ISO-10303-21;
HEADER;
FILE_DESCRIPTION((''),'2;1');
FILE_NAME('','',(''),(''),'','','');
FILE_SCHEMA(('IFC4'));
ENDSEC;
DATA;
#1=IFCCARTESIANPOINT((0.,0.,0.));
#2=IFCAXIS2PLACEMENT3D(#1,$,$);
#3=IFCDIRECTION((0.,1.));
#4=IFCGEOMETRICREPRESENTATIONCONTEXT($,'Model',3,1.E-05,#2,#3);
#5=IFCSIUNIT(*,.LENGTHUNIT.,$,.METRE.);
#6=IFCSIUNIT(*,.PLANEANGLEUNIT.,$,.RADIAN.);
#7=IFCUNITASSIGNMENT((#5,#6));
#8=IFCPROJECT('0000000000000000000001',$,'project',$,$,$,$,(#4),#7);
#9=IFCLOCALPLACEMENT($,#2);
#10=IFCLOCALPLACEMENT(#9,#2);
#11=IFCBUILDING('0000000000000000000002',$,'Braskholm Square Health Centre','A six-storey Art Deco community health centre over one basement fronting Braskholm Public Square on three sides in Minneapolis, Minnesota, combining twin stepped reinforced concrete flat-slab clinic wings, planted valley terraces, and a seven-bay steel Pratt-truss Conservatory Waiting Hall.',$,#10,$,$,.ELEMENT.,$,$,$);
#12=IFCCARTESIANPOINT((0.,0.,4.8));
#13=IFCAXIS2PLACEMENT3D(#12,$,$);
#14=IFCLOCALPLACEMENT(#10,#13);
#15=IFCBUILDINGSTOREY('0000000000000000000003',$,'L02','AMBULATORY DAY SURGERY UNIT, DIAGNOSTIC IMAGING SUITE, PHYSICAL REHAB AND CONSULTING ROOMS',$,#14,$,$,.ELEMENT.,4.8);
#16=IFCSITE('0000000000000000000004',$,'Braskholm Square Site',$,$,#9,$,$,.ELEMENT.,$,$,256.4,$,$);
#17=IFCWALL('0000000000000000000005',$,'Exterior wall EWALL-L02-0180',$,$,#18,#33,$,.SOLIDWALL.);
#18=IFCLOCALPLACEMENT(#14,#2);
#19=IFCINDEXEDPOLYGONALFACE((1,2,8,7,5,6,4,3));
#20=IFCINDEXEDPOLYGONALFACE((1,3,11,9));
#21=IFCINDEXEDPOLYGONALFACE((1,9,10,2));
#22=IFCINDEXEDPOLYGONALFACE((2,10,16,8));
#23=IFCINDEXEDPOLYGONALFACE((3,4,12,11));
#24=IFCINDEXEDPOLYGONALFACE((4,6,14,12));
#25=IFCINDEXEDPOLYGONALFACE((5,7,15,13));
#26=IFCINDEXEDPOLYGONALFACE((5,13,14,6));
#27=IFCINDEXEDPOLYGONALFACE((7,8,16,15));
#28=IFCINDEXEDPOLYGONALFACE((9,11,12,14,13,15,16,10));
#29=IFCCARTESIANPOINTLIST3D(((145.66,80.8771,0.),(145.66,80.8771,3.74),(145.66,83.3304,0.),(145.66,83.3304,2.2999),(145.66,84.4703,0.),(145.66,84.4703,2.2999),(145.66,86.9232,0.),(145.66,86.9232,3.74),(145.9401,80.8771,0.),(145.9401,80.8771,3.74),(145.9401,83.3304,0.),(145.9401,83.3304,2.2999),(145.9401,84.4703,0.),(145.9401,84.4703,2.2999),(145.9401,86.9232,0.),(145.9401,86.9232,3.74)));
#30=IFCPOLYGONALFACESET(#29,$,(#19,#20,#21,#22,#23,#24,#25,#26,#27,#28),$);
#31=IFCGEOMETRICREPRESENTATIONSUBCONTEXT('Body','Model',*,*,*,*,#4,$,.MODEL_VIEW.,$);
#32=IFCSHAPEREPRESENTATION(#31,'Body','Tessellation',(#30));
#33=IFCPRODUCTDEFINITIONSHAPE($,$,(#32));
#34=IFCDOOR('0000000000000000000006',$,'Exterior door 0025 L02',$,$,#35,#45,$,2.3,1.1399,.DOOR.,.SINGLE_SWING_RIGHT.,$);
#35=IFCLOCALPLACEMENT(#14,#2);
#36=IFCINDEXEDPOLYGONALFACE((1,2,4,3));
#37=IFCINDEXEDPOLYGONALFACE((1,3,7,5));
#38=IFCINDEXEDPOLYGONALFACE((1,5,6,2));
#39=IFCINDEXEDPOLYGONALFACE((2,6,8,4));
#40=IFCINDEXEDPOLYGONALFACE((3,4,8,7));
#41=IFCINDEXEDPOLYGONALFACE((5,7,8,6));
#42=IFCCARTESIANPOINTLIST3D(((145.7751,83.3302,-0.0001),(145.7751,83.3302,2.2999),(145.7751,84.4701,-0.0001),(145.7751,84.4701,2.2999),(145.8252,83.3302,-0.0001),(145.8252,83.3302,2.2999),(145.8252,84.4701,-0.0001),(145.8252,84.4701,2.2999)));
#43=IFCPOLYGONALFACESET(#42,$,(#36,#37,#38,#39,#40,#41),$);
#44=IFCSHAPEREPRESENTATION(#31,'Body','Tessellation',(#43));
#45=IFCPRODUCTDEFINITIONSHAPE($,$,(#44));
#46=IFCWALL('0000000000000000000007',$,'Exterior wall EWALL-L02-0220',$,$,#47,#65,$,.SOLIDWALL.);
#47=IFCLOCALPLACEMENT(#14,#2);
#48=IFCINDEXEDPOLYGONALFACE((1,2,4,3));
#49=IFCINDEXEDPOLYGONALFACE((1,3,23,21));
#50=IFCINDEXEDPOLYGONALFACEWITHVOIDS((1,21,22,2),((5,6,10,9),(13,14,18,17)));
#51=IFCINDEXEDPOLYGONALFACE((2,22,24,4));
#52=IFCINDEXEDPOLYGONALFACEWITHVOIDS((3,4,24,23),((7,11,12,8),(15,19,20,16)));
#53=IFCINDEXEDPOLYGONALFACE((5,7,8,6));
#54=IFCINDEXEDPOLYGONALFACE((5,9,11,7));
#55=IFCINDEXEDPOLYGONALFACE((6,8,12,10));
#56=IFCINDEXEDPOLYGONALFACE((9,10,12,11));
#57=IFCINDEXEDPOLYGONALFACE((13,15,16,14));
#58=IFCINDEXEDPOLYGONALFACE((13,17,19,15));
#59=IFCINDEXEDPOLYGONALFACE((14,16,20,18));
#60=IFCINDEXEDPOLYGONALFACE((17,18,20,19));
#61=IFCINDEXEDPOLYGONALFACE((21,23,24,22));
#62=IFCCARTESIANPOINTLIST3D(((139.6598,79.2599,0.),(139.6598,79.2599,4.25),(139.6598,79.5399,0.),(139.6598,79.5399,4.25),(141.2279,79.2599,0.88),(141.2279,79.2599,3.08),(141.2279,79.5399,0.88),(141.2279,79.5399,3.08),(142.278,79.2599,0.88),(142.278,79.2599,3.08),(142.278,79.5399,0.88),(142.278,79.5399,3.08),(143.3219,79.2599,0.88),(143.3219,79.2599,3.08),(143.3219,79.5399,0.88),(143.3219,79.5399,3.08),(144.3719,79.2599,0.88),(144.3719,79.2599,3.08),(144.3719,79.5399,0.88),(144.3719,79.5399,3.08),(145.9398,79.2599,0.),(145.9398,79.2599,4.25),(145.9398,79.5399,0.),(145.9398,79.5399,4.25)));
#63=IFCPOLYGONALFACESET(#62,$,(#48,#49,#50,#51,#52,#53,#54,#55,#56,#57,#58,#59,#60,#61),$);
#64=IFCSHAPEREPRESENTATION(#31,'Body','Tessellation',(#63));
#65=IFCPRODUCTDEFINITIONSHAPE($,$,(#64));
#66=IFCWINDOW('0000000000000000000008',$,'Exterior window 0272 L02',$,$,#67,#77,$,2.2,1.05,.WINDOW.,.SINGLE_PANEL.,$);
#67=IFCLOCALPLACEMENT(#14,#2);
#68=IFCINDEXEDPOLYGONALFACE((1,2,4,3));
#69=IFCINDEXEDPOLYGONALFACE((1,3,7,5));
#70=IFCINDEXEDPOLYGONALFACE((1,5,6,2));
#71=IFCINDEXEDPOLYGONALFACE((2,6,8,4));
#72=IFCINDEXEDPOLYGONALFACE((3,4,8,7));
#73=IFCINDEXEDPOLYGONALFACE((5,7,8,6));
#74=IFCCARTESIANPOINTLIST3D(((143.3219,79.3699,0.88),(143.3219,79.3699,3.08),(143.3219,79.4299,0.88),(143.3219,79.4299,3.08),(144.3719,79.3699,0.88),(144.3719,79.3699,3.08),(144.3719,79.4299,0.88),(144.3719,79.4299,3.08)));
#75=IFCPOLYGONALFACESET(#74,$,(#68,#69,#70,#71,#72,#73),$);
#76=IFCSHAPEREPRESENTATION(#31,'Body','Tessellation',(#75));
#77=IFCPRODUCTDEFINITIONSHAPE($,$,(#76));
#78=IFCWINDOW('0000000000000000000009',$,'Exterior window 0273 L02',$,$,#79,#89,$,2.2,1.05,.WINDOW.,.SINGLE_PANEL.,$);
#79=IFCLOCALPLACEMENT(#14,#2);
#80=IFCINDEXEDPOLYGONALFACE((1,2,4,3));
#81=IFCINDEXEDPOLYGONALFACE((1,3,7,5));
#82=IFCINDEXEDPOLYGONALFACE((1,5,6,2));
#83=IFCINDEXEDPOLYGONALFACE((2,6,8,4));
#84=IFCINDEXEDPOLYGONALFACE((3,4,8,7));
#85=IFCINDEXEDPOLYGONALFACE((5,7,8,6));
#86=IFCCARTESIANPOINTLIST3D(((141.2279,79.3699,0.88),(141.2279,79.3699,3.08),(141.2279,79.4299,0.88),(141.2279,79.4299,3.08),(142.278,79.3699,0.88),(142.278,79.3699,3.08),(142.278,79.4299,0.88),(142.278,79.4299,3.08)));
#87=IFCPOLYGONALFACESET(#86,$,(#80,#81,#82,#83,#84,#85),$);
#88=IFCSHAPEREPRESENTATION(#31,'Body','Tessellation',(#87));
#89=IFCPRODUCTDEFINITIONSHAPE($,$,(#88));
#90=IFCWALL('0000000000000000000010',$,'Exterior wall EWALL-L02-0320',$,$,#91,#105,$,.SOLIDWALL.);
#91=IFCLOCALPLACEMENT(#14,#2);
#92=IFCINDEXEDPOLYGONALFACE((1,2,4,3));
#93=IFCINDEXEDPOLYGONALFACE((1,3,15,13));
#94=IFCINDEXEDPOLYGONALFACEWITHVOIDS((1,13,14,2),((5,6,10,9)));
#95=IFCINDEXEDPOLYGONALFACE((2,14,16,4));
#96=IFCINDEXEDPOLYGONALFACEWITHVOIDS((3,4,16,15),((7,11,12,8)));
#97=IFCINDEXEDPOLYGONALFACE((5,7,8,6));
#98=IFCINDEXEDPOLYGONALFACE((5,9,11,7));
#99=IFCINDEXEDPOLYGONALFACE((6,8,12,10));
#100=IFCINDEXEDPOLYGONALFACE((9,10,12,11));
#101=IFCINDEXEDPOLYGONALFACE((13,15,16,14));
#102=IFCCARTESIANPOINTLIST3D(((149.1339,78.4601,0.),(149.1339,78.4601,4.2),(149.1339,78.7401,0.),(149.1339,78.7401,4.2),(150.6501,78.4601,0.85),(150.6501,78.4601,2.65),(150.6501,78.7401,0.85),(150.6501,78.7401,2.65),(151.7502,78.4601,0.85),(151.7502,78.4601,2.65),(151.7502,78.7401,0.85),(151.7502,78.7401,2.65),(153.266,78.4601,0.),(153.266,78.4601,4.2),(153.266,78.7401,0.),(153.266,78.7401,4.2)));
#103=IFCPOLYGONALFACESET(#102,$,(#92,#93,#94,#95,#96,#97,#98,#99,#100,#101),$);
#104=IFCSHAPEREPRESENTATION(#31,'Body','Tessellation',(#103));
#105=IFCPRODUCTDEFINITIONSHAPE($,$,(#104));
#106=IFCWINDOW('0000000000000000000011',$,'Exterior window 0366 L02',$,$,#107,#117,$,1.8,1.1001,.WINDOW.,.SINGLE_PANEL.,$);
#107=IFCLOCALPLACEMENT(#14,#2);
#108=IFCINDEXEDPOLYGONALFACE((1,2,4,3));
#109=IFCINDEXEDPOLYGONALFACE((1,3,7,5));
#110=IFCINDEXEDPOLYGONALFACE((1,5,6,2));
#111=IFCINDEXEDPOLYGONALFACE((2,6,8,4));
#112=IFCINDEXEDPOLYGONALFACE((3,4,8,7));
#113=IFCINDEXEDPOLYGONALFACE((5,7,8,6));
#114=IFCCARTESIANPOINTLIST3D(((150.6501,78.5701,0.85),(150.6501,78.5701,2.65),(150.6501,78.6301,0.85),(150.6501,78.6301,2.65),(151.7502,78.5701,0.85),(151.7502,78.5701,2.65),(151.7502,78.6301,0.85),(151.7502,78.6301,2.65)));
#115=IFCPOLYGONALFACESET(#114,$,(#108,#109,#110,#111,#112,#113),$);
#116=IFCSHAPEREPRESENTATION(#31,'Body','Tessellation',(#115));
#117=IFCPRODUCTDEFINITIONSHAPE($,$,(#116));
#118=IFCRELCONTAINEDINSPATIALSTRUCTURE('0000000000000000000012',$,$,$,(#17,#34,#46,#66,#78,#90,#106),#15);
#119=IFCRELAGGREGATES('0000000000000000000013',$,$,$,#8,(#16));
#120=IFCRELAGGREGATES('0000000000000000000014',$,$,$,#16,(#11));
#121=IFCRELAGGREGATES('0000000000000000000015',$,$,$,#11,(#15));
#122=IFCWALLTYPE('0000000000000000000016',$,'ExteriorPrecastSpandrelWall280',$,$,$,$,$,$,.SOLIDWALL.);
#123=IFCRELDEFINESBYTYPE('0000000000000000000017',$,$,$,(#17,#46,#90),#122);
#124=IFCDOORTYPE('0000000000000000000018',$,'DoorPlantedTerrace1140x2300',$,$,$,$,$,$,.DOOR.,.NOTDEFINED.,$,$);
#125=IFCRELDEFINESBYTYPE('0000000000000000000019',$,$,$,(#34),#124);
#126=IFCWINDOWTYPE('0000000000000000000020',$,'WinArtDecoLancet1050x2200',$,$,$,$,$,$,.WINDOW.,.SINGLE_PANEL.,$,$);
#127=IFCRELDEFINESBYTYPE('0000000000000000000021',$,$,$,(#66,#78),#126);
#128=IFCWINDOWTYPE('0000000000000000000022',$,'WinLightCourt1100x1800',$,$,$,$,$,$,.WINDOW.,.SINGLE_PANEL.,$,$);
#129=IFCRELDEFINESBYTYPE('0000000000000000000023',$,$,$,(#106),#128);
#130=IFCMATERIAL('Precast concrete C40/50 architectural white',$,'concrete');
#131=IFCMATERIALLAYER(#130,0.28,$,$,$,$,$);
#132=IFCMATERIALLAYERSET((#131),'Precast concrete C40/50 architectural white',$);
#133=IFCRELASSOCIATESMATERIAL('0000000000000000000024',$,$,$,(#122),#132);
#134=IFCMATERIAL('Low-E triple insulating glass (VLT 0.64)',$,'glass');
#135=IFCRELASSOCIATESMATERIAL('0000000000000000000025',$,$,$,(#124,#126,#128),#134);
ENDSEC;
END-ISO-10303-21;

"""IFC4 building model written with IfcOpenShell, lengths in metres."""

from ifc_helpers import new_model, si_unit, direction, frame, frame_2d, origin, origin_with_axes, place, context, subcontext, project, spatial, rectangle, extrude, material, layer, layer_set, type_object, element, fill, save


model = new_model("IFC4")

# Units and contexts
model_context = context("Model", 3, precision=1e-05, world=origin(), true_north=direction((0.0, 1.0)))
body_context = subcontext(model_context, "Body", "Model", "MODEL_VIEW")
ifc_project = project(units=[si_unit("LENGTHUNIT", "METRE"), si_unit("PLANEANGLEUNIT", "RADIAN")], contexts=[model_context])

# Site, building, storey
site_placement = place(None, origin())
site = spatial("IfcSite", under=ifc_project, at=site_placement, Name="Braskholm Square Site", CompositionType="ELEMENT", RefElevation=256.4)
building_placement = place(site_placement, origin())
building = spatial("IfcBuilding", under=site, at=building_placement, Name="Braskholm Square Health Centre", Description="A six-storey Art Deco community health centre over one basement fronting Braskholm Public Square on three sides in Minneapolis, Minnesota, combining twin stepped reinforced concrete flat-slab clinic wings, planted valley terraces, and a seven-bay steel Pratt-truss Conservatory Waiting Hall.", CompositionType="ELEMENT")
storey_placement = place(building_placement, frame((0.0, 0.0, 4.8)))
storey = spatial("IfcBuildingStorey", under=building, at=storey_placement, Name="L02", Description="AMBULATORY DAY SURGERY UNIT, DIAGNOSTIC IMAGING SUITE, PHYSICAL REHAB AND CONSULTING ROOMS", CompositionType="ELEMENT", Elevation=4.8)

# Shared definitions
ifc_material_1 = material(Name="Precast concrete C40/50 architectural white", Category="concrete")

# Shared definitions
ifc_layer = layer(ifc_material_1, 0.28)
ifc_layer_set = layer_set([ifc_layer], Name="Precast concrete C40/50 architectural white")
wall_type = type_object("IfcWallType", Name="ExteriorPrecastSpandrelWall280", PredefinedType="SOLIDWALL", material=ifc_layer_set)
ifc_material_2 = material(Name="Low-E triple insulating glass (VLT 0.64)", Category="glass")

# Wall, opening, door
wall_1_placement = place(storey_placement, frame((145.8, 86.9231, 0.0), z_axis=(0.0, 0.0, 1.0), x_axis=(0.0, -1.0, 0.0)))
wall_1 = element("IfcWall", 1, at=wall_1_placement, inside=storey, type_object=wall_type, Name="Exterior wall EWALL-L02-0180", PredefinedType="SOLIDWALL", context=body_context, shape_type="SweptSolid", body=[
    extrude(rectangle(XDim=6.0461, YDim=0.28, at=frame_2d((3.0229, 0.0))), origin(), (0.0, 0.0, 1.0), 3.74),
])
opening_1_placement = place(wall_1_placement, frame((2.4529, 0.0, 0.0)))
opening_1 = element("IfcOpeningElement", 2, at=opening_1_placement, cuts=wall_1, PredefinedType="OPENING", context=body_context, shape_type="SweptSolid", body=[
    extrude(rectangle(XDim=1.1399, YDim=2.3, at=frame_2d((0.5698, 1.1499))), frame((0.0, 0.1499, 0.0), z_axis=(0.0, -1.0, 0.0), x_axis=(1.0, 0.0, 0.0)), (0.0, 0.0, 1.0), 0.3),
])
door_type = type_object("IfcDoorType", Name="DoorPlantedTerrace1140x2300", OperationType="NOTDEFINED", PredefinedType="DOOR", material=ifc_material_2)
door_placement = place(opening_1_placement, frame((1.1399, 0.0, 0.0), z_axis=(0.0, 0.0, 1.0), x_axis=(-1.0, 0.0, 0.0)))
door = element("IfcDoor", 3, at=door_placement, inside=storey, type_object=door_type, Name="Exterior door 0025 L02", OperationType="SINGLE_SWING_RIGHT", OverallHeight=2.3, OverallWidth=1.1399, PredefinedType="DOOR", context=body_context, shape_type="SweptSolid", body=[
    extrude(rectangle(XDim=1.1399, YDim=2.3, at=frame_2d((0.5698, 1.1499))), frame((0.0, 0.0249, 0.0), z_axis=(0.0, -1.0, 0.0), x_axis=(1.0, 0.0, 0.0)), (0.0, 0.0, 1.0), 0.05),
])
fill(opening_1, door)

# Wall, openings, windows
wall_2_placement = place(storey_placement, frame((145.9399, 79.3999, 0.0), z_axis=(0.0, 0.0, 1.0), x_axis=(-1.0, 0.0, 0.0)))
wall_2 = element("IfcWall", 4, at=wall_2_placement, inside=storey, type_object=wall_type, Name="Exterior wall EWALL-L02-0220", PredefinedType="SOLIDWALL", context=body_context, shape_type="SweptSolid", body=[
    extrude(rectangle(XDim=6.28, YDim=0.28, at=frame_2d((3.1401, 0.0))), origin(), (0.0, 0.0, 1.0), 4.25),
])
opening_2_placement = place(wall_2_placement, frame((1.5681, 0.0, 0.8799)))
opening_2 = element("IfcOpeningElement", 5, at=opening_2_placement, cuts=wall_2, PredefinedType="OPENING", context=body_context, shape_type="SweptSolid", body=[
    extrude(rectangle(XDim=1.05, YDim=2.2, at=frame_2d((0.5249, 1.1001))), frame((0.0, 0.1499, 0.0), z_axis=(0.0, -1.0, 0.0), x_axis=(1.0, 0.0, 0.0)), (0.0, 0.0, 1.0), 0.3),
])
opening_3_placement = place(wall_2_placement, frame((3.6621, 0.0, 0.8799)))
opening_3 = element("IfcOpeningElement", 6, at=opening_3_placement, cuts=wall_2, PredefinedType="OPENING", context=body_context, shape_type="SweptSolid", body=[
    extrude(rectangle(XDim=1.05, YDim=2.2, at=frame_2d((0.5249, 1.1001))), frame((0.0, 0.1499, 0.0), z_axis=(0.0, -1.0, 0.0), x_axis=(1.0, 0.0, 0.0)), (0.0, 0.0, 1.0), 0.3),
])
window_type_1 = type_object("IfcWindowType", Name="WinArtDecoLancet1050x2200", PartitioningType="SINGLE_PANEL", PredefinedType="WINDOW", material=ifc_material_2)
window_1_placement = place(opening_2_placement, origin_with_axes())
window_1 = element("IfcWindow", 7, at=window_1_placement, inside=storey, type_object=window_type_1, Name="Exterior window 0272 L02", OverallHeight=2.2, OverallWidth=1.05, PartitioningType="SINGLE_PANEL", PredefinedType="WINDOW", context=body_context, shape_type="SweptSolid", body=[
    extrude(rectangle(XDim=1.05, YDim=2.2, at=frame_2d((0.5249, 1.1001))), frame((0.0, 0.03, 0.0), z_axis=(0.0, -1.0, 0.0), x_axis=(1.0, 0.0, 0.0)), (0.0, 0.0, 1.0), 0.0601),
])
fill(opening_2, window_1)
window_2_placement = place(opening_3_placement, origin_with_axes())
window_2 = element("IfcWindow", 8, at=window_2_placement, inside=storey, type_object=window_type_1, Name="Exterior window 0273 L02", OverallHeight=2.2, OverallWidth=1.05, PartitioningType="SINGLE_PANEL", PredefinedType="WINDOW", context=body_context, shape_type="SweptSolid", body=[
    extrude(rectangle(XDim=1.05, YDim=2.2, at=frame_2d((0.5249, 1.1001))), frame((0.0, 0.03, 0.0), z_axis=(0.0, -1.0, 0.0), x_axis=(1.0, 0.0, 0.0)), (0.0, 0.0, 1.0), 0.0601),
])
fill(opening_3, window_2)

# Wall, opening, window
wall_3_placement = place(storey_placement, frame((149.134, 78.6001, 0.0), z_axis=(0.0, 0.0, 1.0), x_axis=(1.0, 0.0, 0.0)))
wall_3 = element("IfcWall", 9, at=wall_3_placement, inside=storey, type_object=wall_type, Name="Exterior wall EWALL-L02-0320", PredefinedType="SOLIDWALL", context=body_context, shape_type="SweptSolid", body=[
    extrude(rectangle(XDim=4.1321, YDim=0.28, at=frame_2d((2.0659, 0.0))), origin(), (0.0, 0.0, 1.0), 4.2),
])
opening_4_placement = place(wall_3_placement, frame((1.5161, 0.0, 0.8501)))
opening_4 = element("IfcOpeningElement", 10, at=opening_4_placement, cuts=wall_3, PredefinedType="OPENING", context=body_context, shape_type="SweptSolid", body=[
    extrude(rectangle(XDim=1.1001, YDim=1.8, at=frame_2d((0.55, 0.8999))), frame((0.0, 0.1499, 0.0), z_axis=(0.0, -1.0, 0.0), x_axis=(1.0, 0.0, 0.0)), (0.0, 0.0, 1.0), 0.3),
])
window_type_2 = type_object("IfcWindowType", Name="WinLightCourt1100x1800", PartitioningType="SINGLE_PANEL", PredefinedType="WINDOW", material=ifc_material_2)
window_3_placement = place(opening_4_placement, origin_with_axes())
window_3 = element("IfcWindow", 11, at=window_3_placement, inside=storey, type_object=window_type_2, Name="Exterior window 0366 L02", OverallHeight=1.8, OverallWidth=1.1001, PartitioningType="SINGLE_PANEL", PredefinedType="WINDOW", context=body_context, shape_type="SweptSolid", body=[
    extrude(rectangle(XDim=1.1001, YDim=1.8, at=frame_2d((0.55, 0.8999))), frame((0.0, 0.03, 0.0), z_axis=(0.0, -1.0, 0.0), x_axis=(1.0, 0.0, 0.0)), (0.0, 0.0, 1.0), 0.0601),
])
fill(opening_4, window_3)

save(model, "model.ifc")
